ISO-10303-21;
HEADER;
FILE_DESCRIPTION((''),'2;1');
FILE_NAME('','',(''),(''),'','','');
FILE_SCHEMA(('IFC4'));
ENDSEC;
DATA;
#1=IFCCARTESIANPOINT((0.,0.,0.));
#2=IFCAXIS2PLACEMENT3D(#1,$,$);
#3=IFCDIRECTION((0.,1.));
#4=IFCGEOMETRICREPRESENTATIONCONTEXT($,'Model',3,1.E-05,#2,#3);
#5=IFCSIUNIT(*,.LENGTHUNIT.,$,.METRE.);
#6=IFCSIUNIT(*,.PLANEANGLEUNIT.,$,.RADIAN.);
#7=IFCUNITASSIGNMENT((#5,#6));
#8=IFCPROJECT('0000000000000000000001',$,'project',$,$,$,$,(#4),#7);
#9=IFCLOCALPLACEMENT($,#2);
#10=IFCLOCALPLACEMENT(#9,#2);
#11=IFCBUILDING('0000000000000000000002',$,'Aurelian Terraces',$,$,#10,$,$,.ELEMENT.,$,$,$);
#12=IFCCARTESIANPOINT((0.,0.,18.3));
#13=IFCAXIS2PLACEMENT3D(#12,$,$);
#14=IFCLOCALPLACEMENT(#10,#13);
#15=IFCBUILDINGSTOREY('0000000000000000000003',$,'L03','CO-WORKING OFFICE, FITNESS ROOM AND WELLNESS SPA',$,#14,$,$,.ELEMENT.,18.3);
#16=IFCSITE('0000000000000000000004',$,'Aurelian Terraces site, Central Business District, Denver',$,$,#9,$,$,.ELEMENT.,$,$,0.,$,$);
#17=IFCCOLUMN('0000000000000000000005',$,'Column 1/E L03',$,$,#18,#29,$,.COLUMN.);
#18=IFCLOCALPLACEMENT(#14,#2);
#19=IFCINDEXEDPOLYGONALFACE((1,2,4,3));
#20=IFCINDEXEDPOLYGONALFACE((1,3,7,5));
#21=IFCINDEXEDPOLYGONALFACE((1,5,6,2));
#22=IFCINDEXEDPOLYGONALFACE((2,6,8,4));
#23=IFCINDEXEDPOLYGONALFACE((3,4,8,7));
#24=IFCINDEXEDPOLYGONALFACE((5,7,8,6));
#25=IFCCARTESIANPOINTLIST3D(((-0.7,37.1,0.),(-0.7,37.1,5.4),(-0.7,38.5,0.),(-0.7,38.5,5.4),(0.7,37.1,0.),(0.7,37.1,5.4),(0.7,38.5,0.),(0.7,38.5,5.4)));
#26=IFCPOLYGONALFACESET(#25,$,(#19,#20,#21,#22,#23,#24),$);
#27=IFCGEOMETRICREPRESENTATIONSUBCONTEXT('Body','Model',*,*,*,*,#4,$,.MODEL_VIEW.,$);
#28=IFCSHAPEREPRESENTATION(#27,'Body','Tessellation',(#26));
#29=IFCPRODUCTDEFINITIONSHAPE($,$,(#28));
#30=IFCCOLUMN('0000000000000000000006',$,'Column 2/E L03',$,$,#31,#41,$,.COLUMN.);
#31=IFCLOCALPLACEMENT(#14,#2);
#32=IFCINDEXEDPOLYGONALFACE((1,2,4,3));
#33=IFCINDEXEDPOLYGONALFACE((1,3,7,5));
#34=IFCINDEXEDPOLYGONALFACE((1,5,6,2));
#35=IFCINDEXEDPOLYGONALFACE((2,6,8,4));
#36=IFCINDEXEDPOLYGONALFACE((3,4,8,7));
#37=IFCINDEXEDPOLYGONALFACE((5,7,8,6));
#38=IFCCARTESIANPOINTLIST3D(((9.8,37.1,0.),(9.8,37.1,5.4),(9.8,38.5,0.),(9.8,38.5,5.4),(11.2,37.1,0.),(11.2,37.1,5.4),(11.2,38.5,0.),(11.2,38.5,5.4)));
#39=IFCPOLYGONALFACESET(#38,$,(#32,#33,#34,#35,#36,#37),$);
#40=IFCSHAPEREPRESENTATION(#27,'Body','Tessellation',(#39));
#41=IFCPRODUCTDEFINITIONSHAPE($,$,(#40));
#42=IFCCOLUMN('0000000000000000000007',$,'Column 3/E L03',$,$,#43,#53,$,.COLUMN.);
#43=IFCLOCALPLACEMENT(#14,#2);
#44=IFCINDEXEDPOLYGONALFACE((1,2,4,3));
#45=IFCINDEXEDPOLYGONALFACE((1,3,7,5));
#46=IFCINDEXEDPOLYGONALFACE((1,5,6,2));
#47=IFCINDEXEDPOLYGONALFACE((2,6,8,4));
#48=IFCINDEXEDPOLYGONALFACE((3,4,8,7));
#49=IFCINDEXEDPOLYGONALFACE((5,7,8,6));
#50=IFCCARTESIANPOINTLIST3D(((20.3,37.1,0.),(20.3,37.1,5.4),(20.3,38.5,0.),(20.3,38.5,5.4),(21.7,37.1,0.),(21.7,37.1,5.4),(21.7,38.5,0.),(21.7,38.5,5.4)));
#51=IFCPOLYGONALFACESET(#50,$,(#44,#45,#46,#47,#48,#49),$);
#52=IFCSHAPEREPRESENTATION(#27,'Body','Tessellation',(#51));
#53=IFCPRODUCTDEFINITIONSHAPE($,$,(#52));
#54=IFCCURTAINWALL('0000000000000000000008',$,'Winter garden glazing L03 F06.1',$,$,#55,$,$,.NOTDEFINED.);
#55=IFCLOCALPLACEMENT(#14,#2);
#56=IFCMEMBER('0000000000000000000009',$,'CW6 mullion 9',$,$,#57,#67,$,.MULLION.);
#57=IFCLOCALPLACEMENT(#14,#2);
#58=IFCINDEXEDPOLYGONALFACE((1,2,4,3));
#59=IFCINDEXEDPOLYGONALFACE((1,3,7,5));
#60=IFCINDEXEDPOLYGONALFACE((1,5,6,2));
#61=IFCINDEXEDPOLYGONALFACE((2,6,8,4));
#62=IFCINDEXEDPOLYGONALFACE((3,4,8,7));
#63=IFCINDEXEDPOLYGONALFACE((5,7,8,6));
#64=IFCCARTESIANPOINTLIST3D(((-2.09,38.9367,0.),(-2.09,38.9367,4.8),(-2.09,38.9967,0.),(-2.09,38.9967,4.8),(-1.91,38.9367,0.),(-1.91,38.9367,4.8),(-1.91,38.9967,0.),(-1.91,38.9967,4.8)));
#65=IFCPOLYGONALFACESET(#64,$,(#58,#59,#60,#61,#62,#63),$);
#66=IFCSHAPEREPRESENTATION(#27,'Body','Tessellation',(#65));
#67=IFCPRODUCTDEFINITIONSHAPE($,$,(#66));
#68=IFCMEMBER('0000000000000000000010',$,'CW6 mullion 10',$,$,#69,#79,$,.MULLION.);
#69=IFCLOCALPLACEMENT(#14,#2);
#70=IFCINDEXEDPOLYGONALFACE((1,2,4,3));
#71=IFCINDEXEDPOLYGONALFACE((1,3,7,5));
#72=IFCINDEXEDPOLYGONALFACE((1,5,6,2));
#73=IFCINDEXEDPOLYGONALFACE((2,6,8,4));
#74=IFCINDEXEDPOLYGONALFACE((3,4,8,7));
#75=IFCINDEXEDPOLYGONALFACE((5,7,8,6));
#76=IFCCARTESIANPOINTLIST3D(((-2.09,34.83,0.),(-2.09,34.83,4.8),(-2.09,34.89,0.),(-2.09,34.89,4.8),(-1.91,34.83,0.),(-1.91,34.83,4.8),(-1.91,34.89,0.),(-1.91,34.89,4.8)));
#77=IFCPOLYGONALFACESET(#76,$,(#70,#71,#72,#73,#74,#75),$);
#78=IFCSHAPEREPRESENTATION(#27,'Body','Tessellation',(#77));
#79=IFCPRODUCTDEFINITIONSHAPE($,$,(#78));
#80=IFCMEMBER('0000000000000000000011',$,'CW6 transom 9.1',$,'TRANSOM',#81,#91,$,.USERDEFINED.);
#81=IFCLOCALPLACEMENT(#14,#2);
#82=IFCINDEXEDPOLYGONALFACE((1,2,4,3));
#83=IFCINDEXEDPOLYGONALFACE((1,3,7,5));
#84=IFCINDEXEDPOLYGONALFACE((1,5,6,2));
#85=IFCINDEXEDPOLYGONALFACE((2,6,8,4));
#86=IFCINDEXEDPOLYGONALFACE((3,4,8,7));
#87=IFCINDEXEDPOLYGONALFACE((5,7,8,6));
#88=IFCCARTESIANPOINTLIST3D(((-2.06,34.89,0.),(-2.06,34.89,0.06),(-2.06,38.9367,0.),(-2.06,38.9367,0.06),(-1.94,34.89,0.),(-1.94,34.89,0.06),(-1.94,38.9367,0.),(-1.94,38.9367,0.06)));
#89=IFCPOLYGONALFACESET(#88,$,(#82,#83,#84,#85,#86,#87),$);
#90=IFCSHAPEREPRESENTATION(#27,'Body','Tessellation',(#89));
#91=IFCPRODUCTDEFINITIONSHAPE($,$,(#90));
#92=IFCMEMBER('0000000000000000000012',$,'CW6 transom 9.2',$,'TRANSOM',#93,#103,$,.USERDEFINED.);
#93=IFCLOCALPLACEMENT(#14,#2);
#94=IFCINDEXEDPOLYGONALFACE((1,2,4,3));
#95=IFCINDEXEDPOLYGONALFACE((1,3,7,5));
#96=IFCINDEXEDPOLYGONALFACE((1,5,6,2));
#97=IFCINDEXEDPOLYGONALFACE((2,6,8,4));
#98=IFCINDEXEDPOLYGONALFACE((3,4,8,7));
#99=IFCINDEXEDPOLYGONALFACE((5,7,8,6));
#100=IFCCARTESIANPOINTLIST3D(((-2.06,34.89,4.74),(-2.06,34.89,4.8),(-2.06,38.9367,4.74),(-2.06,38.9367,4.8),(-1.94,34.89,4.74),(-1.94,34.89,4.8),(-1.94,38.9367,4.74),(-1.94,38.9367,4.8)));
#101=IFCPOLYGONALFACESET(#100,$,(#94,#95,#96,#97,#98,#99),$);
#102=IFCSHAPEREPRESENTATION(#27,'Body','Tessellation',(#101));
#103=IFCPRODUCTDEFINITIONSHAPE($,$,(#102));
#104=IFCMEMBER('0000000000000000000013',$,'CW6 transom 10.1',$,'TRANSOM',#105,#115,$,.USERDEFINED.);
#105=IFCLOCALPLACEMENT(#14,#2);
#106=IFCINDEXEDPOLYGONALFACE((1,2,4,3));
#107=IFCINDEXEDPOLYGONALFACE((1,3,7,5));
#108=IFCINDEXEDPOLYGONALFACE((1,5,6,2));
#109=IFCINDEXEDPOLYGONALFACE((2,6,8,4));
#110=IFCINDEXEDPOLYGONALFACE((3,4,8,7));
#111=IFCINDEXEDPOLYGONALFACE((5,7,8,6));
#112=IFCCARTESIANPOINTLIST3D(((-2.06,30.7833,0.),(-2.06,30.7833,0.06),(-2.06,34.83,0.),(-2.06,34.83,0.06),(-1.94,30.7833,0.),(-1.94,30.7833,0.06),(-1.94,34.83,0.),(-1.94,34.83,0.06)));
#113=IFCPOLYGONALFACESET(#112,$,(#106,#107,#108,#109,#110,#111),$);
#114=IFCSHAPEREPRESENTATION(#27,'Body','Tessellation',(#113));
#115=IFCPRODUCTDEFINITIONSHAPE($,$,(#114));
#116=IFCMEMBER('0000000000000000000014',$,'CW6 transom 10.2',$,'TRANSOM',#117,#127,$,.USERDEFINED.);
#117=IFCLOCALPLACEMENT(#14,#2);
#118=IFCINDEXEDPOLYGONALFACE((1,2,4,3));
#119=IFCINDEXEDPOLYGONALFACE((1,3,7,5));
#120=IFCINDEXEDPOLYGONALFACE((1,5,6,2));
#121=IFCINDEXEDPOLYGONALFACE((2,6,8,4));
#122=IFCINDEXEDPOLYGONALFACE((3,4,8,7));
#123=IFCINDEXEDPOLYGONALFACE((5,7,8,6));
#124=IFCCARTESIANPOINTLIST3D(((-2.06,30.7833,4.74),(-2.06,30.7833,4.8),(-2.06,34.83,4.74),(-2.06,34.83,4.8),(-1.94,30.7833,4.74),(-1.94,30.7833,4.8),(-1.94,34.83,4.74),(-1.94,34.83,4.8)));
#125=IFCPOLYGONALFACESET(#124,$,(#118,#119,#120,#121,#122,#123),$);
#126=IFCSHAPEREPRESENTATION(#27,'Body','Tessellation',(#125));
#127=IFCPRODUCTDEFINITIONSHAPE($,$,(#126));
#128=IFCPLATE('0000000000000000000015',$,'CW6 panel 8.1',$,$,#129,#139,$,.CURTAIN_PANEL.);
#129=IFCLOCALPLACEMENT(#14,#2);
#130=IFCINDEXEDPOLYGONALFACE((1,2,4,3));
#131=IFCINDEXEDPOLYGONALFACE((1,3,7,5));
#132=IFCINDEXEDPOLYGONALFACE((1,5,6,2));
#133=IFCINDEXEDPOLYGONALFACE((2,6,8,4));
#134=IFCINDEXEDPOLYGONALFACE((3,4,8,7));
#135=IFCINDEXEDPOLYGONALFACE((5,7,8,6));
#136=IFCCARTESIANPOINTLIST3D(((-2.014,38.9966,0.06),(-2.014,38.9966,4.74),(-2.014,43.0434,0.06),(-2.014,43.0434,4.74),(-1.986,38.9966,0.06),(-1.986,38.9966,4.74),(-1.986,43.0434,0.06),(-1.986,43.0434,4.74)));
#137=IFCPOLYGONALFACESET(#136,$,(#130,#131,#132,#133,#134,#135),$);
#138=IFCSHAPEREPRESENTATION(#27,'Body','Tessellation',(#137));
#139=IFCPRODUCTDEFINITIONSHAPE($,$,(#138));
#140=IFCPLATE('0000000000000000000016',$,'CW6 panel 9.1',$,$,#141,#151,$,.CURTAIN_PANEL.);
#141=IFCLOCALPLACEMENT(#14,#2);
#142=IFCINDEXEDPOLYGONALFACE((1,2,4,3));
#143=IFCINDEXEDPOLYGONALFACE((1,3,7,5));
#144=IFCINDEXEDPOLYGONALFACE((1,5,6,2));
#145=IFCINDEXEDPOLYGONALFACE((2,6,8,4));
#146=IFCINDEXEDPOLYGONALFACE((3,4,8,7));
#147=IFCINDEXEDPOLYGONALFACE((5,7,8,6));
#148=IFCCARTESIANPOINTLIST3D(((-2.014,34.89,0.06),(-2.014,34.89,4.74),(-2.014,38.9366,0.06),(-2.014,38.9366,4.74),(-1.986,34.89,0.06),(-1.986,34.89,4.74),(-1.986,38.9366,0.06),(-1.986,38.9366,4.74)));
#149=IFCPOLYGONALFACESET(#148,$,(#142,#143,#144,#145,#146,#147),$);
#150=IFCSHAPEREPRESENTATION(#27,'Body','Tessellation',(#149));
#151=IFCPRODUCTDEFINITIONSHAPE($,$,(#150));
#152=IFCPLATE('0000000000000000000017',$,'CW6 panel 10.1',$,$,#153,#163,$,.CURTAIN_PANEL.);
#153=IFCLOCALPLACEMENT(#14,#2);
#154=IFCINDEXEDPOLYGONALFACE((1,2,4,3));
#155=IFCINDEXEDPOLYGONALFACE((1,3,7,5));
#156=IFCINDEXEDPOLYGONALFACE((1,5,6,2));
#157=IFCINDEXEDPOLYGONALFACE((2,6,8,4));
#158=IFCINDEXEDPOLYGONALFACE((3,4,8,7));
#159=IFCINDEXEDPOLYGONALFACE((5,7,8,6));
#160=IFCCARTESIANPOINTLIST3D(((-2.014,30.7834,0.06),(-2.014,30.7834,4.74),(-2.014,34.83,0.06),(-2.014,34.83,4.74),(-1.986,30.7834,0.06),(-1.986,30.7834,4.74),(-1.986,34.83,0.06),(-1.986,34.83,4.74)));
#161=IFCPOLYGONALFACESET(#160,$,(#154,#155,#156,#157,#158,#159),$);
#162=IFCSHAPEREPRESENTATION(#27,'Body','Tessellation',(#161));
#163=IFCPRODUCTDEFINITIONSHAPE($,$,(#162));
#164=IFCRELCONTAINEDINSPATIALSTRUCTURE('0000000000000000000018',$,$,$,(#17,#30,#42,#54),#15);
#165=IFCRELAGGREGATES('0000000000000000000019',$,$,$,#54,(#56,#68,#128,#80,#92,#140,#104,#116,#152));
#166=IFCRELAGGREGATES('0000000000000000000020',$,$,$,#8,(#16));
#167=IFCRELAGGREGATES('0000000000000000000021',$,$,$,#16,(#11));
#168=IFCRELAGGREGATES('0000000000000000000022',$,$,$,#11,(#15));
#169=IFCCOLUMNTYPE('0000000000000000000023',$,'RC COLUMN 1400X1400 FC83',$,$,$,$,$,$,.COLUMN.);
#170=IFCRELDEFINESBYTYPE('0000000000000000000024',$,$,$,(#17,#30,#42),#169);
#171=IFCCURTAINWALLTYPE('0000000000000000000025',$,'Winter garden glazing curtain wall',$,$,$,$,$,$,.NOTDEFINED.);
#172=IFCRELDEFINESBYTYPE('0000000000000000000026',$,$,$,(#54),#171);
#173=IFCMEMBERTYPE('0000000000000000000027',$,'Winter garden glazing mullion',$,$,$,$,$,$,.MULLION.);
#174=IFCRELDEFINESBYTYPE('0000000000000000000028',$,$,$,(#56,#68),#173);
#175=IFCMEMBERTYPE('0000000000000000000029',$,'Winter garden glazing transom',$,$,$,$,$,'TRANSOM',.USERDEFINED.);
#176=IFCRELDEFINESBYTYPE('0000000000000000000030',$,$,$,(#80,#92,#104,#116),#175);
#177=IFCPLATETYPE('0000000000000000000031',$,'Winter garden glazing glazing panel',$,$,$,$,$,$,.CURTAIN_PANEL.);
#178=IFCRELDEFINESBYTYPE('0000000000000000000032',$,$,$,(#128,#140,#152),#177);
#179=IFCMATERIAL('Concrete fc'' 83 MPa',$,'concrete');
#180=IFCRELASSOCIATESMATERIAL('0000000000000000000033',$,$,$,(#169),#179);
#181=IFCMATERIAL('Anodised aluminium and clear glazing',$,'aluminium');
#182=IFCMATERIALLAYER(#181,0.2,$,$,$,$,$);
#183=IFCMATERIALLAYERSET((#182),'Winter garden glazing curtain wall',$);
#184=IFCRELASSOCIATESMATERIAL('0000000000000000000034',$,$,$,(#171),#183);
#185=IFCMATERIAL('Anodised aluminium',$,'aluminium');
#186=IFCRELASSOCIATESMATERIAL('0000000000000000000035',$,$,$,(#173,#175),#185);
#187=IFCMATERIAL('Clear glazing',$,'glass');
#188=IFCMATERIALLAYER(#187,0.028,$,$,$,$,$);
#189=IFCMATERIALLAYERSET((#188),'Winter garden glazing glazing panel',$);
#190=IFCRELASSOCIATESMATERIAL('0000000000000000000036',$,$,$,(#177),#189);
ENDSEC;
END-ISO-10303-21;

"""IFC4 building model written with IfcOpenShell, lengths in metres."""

from ifc_helpers import new_model, si_unit, direction, frame, origin, origin_2d, place, context, subcontext, project, spatial, rectangle, extrude, source, transform, mapped, material, layer, layer_set, material_profile, profile_set, type_object, element, aggregate, save


model = new_model("IFC4")

# Units and contexts
model_context = context("Model", 3, precision=1e-05, world=origin(), true_north=direction((0.0, 1.0)))
body_context = subcontext(model_context, "Body", "Model", "MODEL_VIEW")
ifc_project = project(units=[si_unit("LENGTHUNIT", "METRE"), si_unit("PLANEANGLEUNIT", "RADIAN")], contexts=[model_context])

# Site, building, storey
site_placement = place(None, origin())
site = spatial("IfcSite", under=ifc_project, at=site_placement, Name="Aurelian Terraces site, Central Business District, Denver", CompositionType="ELEMENT", RefElevation=0.0)
building_placement = place(site_placement, origin())
building = spatial("IfcBuilding", under=site, at=building_placement, Name="Aurelian Terraces", CompositionType="ELEMENT")
storey_placement = place(building_placement, frame((0.0, 0.0, 18.3)))
storey = spatial("IfcBuildingStorey", under=building, at=storey_placement, Name="L03", Description="CO-WORKING OFFICE, FITNESS ROOM AND WELLNESS SPA", CompositionType="ELEMENT", Elevation=18.3)

# Columns
ifc_material_1 = material(Name="Concrete fc' 83 MPa", Category="concrete")
ifc_material_profile_1 = material_profile(ifc_material_1, rectangle(XDim=1.4, YDim=1.4, at=origin_2d()))
ifc_profile_set_1 = profile_set([ifc_material_profile_1], Name="Concrete fc' 83 MPa")
column_type = type_object("IfcColumnType", Name="RC COLUMN 1400X1400 FC83", PredefinedType="COLUMN", material=ifc_profile_set_1)
shared_shape_1 = source(origin(), body_context, "Body", "SweptSolid", [
    extrude(rectangle(XDim=1.4, YDim=1.4, at=origin_2d()), origin(), (0.0, 0.0, 1.0), 5.4),
])
for number, where, z_axis, x_axis, name in (
    (1, (0.0, 37.8, 0.0), (0.0, 0.0, 1.0), (1.0, 0.0, 0.0), "Column 1/E L03"),
    (2, (10.5, 37.8, 0.0), (0.0, 0.0, 1.0), (1.0, 0.0, 0.0), "Column 2/E L03"),
    (3, (21.0, 37.8, 0.0), (0.0, 0.0, 1.0), (1.0, 0.0, 0.0), "Column 3/E L03"),
):
    element("IfcColumn", number, at=place(storey_placement, frame(where, z_axis=z_axis, x_axis=x_axis)), inside=storey, type_object=column_type, Name=name, PredefinedType="COLUMN", context=body_context, shape_type="MappedRepresentation", body=[
        mapped(shared_shape_1, transform((0.0, 0.0, 0.0), scale=1.0)),
    ])

# Curtain wall, members, plates
ifc_material_2 = material(Name="Anodised aluminium and clear glazing", Category="aluminium")
ifc_layer_1 = layer(ifc_material_2, 0.2)
ifc_layer_set_1 = layer_set([ifc_layer_1], Name="Winter garden glazing curtain wall")
curtain_wall_type = type_object("IfcCurtainWallType", Name="Winter garden glazing curtain wall", PredefinedType="NOTDEFINED", material=ifc_layer_set_1)
curtain_wall_placement = place(storey_placement, origin())
curtain_wall = element("IfcCurtainWall", 4, at=curtain_wall_placement, inside=storey, type_object=curtain_wall_type, Name="Winter garden glazing L03 F06.1", PredefinedType="NOTDEFINED")
ifc_material_3 = material(Name="Anodised aluminium", Category="aluminium")
ifc_material_profile_2 = material_profile(ifc_material_3, rectangle(XDim=0.18, YDim=0.06, at=origin_2d()))
ifc_profile_set_2 = profile_set([ifc_material_profile_2], Name="Anodised aluminium")
member_type_1 = type_object("IfcMemberType", Name="Winter garden glazing mullion", PredefinedType="MULLION", material=ifc_profile_set_2)
shared_shape_2 = source(origin(), body_context, "Body", "SweptSolid", [
    extrude(rectangle(XDim=0.18, YDim=0.06, at=origin_2d()), origin(), (0.0, 0.0, 1.0), 4.8),
])
member_1_placement = place(storey_placement, frame((-2.0, 38.9667, 0.0), z_axis=(0.0, 0.0, 1.0), x_axis=(1.0, 0.0, 0.0)))
member_1 = element("IfcMember", 5, at=member_1_placement, type_object=member_type_1, Name="CW6 mullion 9", PredefinedType="MULLION", context=body_context, shape_type="MappedRepresentation", body=[
    mapped(shared_shape_2, transform((0.0, 0.0, 0.0), scale=1.0)),
])
member_2_placement = place(storey_placement, frame((-2.0, 34.86, 0.0), z_axis=(0.0, 0.0, 1.0), x_axis=(1.0, 0.0, 0.0)))
member_2 = element("IfcMember", 6, at=member_2_placement, type_object=member_type_1, Name="CW6 mullion 10", PredefinedType="MULLION", context=body_context, shape_type="MappedRepresentation", body=[
    mapped(shared_shape_2, transform((0.0, 0.0, 0.0), scale=1.0)),
])
ifc_material_profile_3 = material_profile(ifc_material_3, rectangle(XDim=0.12, YDim=0.06, at=origin_2d()))
ifc_profile_set_3 = profile_set([ifc_material_profile_3], Name="Anodised aluminium")
member_type_2 = type_object("IfcMemberType", Name="Winter garden glazing transom", ElementType="TRANSOM", PredefinedType="USERDEFINED", material=ifc_profile_set_3)
shared_shape_3 = source(origin(), body_context, "Body", "SweptSolid", [
    extrude(rectangle(XDim=0.12, YDim=0.06, at=origin_2d()), origin(), (0.0, 0.0, 1.0), 4.0467),
])
member_3_placement = place(storey_placement, frame((-2.0, 38.9367, 0.03), z_axis=(0.0, -1.0, 0.0), x_axis=(1.0, 0.0, 0.0)))
member_3 = element("IfcMember", 7, at=member_3_placement, type_object=member_type_2, Name="CW6 transom 9.1", ObjectType="TRANSOM", PredefinedType="USERDEFINED", context=body_context, shape_type="MappedRepresentation", body=[
    mapped(shared_shape_3, transform((0.0, 0.0, 0.0), scale=1.0)),
])
member_4_placement = place(storey_placement, frame((-2.0, 38.9367, 4.77), z_axis=(0.0, -1.0, 0.0), x_axis=(1.0, 0.0, 0.0)))
member_4 = element("IfcMember", 8, at=member_4_placement, type_object=member_type_2, Name="CW6 transom 9.2", ObjectType="TRANSOM", PredefinedType="USERDEFINED", context=body_context, shape_type="MappedRepresentation", body=[
    mapped(shared_shape_3, transform((0.0, 0.0, 0.0), scale=1.0)),
])
member_5_placement = place(storey_placement, frame((-2.0, 34.83, 0.03), z_axis=(0.0, -1.0, 0.0), x_axis=(1.0, 0.0, 0.0)))
member_5 = element("IfcMember", 9, at=member_5_placement, type_object=member_type_2, Name="CW6 transom 10.1", ObjectType="TRANSOM", PredefinedType="USERDEFINED", context=body_context, shape_type="MappedRepresentation", body=[
    mapped(shared_shape_3, transform((0.0, 0.0, 0.0), scale=1.0)),
])
member_6_placement = place(storey_placement, frame((-2.0, 34.83, 4.77), z_axis=(0.0, -1.0, 0.0), x_axis=(1.0, 0.0, 0.0)))
member_6 = element("IfcMember", 10, at=member_6_placement, type_object=member_type_2, Name="CW6 transom 10.2", ObjectType="TRANSOM", PredefinedType="USERDEFINED", context=body_context, shape_type="MappedRepresentation", body=[
    mapped(shared_shape_3, transform((0.0, 0.0, 0.0), scale=1.0)),
])
ifc_material_4 = material(Name="Clear glazing", Category="glass")
ifc_layer_2 = layer(ifc_material_4, 0.028)
ifc_layer_set_2 = layer_set([ifc_layer_2], Name="Winter garden glazing glazing panel")
plate_type = type_object("IfcPlateType", Name="Winter garden glazing glazing panel", PredefinedType="CURTAIN_PANEL", material=ifc_layer_set_2)
shared_shape_4 = source(origin(), body_context, "Body", "SweptSolid", [
    extrude(rectangle(XDim=4.0467, YDim=0.028, at=origin_2d()), origin(), (0.0, 0.0, 1.0), 4.68),
])
plate_1_placement = place(storey_placement, frame((-2.0, 41.02, 0.06), z_axis=(0.0, 0.0, 1.0), x_axis=(0.0, -1.0, 0.0)))
plate_1 = element("IfcPlate", 11, at=plate_1_placement, type_object=plate_type, Name="CW6 panel 8.1", PredefinedType="CURTAIN_PANEL", context=body_context, shape_type="MappedRepresentation", body=[
    mapped(shared_shape_4, transform((0.0, 0.0, 0.0), scale=1.0)),
])
plate_2_placement = place(storey_placement, frame((-2.0, 36.9133, 0.06), z_axis=(0.0, 0.0, 1.0), x_axis=(0.0, -1.0, 0.0)))
plate_2 = element("IfcPlate", 12, at=plate_2_placement, type_object=plate_type, Name="CW6 panel 9.1", PredefinedType="CURTAIN_PANEL", context=body_context, shape_type="MappedRepresentation", body=[
    mapped(shared_shape_4, transform((0.0, 0.0, 0.0), scale=1.0)),
])
plate_3_placement = place(storey_placement, frame((-2.0, 32.8067, 0.06), z_axis=(0.0, 0.0, 1.0), x_axis=(0.0, -1.0, 0.0)))
plate_3 = element("IfcPlate", 13, at=plate_3_placement, type_object=plate_type, Name="CW6 panel 10.1", PredefinedType="CURTAIN_PANEL", context=body_context, shape_type="MappedRepresentation", body=[
    mapped(shared_shape_4, transform((0.0, 0.0, 0.0), scale=1.0)),
])
aggregate(curtain_wall, [member_1, member_2, plate_1, member_3, member_4, plate_2, member_5, member_6, plate_3])

save(model, "model.ifc")
